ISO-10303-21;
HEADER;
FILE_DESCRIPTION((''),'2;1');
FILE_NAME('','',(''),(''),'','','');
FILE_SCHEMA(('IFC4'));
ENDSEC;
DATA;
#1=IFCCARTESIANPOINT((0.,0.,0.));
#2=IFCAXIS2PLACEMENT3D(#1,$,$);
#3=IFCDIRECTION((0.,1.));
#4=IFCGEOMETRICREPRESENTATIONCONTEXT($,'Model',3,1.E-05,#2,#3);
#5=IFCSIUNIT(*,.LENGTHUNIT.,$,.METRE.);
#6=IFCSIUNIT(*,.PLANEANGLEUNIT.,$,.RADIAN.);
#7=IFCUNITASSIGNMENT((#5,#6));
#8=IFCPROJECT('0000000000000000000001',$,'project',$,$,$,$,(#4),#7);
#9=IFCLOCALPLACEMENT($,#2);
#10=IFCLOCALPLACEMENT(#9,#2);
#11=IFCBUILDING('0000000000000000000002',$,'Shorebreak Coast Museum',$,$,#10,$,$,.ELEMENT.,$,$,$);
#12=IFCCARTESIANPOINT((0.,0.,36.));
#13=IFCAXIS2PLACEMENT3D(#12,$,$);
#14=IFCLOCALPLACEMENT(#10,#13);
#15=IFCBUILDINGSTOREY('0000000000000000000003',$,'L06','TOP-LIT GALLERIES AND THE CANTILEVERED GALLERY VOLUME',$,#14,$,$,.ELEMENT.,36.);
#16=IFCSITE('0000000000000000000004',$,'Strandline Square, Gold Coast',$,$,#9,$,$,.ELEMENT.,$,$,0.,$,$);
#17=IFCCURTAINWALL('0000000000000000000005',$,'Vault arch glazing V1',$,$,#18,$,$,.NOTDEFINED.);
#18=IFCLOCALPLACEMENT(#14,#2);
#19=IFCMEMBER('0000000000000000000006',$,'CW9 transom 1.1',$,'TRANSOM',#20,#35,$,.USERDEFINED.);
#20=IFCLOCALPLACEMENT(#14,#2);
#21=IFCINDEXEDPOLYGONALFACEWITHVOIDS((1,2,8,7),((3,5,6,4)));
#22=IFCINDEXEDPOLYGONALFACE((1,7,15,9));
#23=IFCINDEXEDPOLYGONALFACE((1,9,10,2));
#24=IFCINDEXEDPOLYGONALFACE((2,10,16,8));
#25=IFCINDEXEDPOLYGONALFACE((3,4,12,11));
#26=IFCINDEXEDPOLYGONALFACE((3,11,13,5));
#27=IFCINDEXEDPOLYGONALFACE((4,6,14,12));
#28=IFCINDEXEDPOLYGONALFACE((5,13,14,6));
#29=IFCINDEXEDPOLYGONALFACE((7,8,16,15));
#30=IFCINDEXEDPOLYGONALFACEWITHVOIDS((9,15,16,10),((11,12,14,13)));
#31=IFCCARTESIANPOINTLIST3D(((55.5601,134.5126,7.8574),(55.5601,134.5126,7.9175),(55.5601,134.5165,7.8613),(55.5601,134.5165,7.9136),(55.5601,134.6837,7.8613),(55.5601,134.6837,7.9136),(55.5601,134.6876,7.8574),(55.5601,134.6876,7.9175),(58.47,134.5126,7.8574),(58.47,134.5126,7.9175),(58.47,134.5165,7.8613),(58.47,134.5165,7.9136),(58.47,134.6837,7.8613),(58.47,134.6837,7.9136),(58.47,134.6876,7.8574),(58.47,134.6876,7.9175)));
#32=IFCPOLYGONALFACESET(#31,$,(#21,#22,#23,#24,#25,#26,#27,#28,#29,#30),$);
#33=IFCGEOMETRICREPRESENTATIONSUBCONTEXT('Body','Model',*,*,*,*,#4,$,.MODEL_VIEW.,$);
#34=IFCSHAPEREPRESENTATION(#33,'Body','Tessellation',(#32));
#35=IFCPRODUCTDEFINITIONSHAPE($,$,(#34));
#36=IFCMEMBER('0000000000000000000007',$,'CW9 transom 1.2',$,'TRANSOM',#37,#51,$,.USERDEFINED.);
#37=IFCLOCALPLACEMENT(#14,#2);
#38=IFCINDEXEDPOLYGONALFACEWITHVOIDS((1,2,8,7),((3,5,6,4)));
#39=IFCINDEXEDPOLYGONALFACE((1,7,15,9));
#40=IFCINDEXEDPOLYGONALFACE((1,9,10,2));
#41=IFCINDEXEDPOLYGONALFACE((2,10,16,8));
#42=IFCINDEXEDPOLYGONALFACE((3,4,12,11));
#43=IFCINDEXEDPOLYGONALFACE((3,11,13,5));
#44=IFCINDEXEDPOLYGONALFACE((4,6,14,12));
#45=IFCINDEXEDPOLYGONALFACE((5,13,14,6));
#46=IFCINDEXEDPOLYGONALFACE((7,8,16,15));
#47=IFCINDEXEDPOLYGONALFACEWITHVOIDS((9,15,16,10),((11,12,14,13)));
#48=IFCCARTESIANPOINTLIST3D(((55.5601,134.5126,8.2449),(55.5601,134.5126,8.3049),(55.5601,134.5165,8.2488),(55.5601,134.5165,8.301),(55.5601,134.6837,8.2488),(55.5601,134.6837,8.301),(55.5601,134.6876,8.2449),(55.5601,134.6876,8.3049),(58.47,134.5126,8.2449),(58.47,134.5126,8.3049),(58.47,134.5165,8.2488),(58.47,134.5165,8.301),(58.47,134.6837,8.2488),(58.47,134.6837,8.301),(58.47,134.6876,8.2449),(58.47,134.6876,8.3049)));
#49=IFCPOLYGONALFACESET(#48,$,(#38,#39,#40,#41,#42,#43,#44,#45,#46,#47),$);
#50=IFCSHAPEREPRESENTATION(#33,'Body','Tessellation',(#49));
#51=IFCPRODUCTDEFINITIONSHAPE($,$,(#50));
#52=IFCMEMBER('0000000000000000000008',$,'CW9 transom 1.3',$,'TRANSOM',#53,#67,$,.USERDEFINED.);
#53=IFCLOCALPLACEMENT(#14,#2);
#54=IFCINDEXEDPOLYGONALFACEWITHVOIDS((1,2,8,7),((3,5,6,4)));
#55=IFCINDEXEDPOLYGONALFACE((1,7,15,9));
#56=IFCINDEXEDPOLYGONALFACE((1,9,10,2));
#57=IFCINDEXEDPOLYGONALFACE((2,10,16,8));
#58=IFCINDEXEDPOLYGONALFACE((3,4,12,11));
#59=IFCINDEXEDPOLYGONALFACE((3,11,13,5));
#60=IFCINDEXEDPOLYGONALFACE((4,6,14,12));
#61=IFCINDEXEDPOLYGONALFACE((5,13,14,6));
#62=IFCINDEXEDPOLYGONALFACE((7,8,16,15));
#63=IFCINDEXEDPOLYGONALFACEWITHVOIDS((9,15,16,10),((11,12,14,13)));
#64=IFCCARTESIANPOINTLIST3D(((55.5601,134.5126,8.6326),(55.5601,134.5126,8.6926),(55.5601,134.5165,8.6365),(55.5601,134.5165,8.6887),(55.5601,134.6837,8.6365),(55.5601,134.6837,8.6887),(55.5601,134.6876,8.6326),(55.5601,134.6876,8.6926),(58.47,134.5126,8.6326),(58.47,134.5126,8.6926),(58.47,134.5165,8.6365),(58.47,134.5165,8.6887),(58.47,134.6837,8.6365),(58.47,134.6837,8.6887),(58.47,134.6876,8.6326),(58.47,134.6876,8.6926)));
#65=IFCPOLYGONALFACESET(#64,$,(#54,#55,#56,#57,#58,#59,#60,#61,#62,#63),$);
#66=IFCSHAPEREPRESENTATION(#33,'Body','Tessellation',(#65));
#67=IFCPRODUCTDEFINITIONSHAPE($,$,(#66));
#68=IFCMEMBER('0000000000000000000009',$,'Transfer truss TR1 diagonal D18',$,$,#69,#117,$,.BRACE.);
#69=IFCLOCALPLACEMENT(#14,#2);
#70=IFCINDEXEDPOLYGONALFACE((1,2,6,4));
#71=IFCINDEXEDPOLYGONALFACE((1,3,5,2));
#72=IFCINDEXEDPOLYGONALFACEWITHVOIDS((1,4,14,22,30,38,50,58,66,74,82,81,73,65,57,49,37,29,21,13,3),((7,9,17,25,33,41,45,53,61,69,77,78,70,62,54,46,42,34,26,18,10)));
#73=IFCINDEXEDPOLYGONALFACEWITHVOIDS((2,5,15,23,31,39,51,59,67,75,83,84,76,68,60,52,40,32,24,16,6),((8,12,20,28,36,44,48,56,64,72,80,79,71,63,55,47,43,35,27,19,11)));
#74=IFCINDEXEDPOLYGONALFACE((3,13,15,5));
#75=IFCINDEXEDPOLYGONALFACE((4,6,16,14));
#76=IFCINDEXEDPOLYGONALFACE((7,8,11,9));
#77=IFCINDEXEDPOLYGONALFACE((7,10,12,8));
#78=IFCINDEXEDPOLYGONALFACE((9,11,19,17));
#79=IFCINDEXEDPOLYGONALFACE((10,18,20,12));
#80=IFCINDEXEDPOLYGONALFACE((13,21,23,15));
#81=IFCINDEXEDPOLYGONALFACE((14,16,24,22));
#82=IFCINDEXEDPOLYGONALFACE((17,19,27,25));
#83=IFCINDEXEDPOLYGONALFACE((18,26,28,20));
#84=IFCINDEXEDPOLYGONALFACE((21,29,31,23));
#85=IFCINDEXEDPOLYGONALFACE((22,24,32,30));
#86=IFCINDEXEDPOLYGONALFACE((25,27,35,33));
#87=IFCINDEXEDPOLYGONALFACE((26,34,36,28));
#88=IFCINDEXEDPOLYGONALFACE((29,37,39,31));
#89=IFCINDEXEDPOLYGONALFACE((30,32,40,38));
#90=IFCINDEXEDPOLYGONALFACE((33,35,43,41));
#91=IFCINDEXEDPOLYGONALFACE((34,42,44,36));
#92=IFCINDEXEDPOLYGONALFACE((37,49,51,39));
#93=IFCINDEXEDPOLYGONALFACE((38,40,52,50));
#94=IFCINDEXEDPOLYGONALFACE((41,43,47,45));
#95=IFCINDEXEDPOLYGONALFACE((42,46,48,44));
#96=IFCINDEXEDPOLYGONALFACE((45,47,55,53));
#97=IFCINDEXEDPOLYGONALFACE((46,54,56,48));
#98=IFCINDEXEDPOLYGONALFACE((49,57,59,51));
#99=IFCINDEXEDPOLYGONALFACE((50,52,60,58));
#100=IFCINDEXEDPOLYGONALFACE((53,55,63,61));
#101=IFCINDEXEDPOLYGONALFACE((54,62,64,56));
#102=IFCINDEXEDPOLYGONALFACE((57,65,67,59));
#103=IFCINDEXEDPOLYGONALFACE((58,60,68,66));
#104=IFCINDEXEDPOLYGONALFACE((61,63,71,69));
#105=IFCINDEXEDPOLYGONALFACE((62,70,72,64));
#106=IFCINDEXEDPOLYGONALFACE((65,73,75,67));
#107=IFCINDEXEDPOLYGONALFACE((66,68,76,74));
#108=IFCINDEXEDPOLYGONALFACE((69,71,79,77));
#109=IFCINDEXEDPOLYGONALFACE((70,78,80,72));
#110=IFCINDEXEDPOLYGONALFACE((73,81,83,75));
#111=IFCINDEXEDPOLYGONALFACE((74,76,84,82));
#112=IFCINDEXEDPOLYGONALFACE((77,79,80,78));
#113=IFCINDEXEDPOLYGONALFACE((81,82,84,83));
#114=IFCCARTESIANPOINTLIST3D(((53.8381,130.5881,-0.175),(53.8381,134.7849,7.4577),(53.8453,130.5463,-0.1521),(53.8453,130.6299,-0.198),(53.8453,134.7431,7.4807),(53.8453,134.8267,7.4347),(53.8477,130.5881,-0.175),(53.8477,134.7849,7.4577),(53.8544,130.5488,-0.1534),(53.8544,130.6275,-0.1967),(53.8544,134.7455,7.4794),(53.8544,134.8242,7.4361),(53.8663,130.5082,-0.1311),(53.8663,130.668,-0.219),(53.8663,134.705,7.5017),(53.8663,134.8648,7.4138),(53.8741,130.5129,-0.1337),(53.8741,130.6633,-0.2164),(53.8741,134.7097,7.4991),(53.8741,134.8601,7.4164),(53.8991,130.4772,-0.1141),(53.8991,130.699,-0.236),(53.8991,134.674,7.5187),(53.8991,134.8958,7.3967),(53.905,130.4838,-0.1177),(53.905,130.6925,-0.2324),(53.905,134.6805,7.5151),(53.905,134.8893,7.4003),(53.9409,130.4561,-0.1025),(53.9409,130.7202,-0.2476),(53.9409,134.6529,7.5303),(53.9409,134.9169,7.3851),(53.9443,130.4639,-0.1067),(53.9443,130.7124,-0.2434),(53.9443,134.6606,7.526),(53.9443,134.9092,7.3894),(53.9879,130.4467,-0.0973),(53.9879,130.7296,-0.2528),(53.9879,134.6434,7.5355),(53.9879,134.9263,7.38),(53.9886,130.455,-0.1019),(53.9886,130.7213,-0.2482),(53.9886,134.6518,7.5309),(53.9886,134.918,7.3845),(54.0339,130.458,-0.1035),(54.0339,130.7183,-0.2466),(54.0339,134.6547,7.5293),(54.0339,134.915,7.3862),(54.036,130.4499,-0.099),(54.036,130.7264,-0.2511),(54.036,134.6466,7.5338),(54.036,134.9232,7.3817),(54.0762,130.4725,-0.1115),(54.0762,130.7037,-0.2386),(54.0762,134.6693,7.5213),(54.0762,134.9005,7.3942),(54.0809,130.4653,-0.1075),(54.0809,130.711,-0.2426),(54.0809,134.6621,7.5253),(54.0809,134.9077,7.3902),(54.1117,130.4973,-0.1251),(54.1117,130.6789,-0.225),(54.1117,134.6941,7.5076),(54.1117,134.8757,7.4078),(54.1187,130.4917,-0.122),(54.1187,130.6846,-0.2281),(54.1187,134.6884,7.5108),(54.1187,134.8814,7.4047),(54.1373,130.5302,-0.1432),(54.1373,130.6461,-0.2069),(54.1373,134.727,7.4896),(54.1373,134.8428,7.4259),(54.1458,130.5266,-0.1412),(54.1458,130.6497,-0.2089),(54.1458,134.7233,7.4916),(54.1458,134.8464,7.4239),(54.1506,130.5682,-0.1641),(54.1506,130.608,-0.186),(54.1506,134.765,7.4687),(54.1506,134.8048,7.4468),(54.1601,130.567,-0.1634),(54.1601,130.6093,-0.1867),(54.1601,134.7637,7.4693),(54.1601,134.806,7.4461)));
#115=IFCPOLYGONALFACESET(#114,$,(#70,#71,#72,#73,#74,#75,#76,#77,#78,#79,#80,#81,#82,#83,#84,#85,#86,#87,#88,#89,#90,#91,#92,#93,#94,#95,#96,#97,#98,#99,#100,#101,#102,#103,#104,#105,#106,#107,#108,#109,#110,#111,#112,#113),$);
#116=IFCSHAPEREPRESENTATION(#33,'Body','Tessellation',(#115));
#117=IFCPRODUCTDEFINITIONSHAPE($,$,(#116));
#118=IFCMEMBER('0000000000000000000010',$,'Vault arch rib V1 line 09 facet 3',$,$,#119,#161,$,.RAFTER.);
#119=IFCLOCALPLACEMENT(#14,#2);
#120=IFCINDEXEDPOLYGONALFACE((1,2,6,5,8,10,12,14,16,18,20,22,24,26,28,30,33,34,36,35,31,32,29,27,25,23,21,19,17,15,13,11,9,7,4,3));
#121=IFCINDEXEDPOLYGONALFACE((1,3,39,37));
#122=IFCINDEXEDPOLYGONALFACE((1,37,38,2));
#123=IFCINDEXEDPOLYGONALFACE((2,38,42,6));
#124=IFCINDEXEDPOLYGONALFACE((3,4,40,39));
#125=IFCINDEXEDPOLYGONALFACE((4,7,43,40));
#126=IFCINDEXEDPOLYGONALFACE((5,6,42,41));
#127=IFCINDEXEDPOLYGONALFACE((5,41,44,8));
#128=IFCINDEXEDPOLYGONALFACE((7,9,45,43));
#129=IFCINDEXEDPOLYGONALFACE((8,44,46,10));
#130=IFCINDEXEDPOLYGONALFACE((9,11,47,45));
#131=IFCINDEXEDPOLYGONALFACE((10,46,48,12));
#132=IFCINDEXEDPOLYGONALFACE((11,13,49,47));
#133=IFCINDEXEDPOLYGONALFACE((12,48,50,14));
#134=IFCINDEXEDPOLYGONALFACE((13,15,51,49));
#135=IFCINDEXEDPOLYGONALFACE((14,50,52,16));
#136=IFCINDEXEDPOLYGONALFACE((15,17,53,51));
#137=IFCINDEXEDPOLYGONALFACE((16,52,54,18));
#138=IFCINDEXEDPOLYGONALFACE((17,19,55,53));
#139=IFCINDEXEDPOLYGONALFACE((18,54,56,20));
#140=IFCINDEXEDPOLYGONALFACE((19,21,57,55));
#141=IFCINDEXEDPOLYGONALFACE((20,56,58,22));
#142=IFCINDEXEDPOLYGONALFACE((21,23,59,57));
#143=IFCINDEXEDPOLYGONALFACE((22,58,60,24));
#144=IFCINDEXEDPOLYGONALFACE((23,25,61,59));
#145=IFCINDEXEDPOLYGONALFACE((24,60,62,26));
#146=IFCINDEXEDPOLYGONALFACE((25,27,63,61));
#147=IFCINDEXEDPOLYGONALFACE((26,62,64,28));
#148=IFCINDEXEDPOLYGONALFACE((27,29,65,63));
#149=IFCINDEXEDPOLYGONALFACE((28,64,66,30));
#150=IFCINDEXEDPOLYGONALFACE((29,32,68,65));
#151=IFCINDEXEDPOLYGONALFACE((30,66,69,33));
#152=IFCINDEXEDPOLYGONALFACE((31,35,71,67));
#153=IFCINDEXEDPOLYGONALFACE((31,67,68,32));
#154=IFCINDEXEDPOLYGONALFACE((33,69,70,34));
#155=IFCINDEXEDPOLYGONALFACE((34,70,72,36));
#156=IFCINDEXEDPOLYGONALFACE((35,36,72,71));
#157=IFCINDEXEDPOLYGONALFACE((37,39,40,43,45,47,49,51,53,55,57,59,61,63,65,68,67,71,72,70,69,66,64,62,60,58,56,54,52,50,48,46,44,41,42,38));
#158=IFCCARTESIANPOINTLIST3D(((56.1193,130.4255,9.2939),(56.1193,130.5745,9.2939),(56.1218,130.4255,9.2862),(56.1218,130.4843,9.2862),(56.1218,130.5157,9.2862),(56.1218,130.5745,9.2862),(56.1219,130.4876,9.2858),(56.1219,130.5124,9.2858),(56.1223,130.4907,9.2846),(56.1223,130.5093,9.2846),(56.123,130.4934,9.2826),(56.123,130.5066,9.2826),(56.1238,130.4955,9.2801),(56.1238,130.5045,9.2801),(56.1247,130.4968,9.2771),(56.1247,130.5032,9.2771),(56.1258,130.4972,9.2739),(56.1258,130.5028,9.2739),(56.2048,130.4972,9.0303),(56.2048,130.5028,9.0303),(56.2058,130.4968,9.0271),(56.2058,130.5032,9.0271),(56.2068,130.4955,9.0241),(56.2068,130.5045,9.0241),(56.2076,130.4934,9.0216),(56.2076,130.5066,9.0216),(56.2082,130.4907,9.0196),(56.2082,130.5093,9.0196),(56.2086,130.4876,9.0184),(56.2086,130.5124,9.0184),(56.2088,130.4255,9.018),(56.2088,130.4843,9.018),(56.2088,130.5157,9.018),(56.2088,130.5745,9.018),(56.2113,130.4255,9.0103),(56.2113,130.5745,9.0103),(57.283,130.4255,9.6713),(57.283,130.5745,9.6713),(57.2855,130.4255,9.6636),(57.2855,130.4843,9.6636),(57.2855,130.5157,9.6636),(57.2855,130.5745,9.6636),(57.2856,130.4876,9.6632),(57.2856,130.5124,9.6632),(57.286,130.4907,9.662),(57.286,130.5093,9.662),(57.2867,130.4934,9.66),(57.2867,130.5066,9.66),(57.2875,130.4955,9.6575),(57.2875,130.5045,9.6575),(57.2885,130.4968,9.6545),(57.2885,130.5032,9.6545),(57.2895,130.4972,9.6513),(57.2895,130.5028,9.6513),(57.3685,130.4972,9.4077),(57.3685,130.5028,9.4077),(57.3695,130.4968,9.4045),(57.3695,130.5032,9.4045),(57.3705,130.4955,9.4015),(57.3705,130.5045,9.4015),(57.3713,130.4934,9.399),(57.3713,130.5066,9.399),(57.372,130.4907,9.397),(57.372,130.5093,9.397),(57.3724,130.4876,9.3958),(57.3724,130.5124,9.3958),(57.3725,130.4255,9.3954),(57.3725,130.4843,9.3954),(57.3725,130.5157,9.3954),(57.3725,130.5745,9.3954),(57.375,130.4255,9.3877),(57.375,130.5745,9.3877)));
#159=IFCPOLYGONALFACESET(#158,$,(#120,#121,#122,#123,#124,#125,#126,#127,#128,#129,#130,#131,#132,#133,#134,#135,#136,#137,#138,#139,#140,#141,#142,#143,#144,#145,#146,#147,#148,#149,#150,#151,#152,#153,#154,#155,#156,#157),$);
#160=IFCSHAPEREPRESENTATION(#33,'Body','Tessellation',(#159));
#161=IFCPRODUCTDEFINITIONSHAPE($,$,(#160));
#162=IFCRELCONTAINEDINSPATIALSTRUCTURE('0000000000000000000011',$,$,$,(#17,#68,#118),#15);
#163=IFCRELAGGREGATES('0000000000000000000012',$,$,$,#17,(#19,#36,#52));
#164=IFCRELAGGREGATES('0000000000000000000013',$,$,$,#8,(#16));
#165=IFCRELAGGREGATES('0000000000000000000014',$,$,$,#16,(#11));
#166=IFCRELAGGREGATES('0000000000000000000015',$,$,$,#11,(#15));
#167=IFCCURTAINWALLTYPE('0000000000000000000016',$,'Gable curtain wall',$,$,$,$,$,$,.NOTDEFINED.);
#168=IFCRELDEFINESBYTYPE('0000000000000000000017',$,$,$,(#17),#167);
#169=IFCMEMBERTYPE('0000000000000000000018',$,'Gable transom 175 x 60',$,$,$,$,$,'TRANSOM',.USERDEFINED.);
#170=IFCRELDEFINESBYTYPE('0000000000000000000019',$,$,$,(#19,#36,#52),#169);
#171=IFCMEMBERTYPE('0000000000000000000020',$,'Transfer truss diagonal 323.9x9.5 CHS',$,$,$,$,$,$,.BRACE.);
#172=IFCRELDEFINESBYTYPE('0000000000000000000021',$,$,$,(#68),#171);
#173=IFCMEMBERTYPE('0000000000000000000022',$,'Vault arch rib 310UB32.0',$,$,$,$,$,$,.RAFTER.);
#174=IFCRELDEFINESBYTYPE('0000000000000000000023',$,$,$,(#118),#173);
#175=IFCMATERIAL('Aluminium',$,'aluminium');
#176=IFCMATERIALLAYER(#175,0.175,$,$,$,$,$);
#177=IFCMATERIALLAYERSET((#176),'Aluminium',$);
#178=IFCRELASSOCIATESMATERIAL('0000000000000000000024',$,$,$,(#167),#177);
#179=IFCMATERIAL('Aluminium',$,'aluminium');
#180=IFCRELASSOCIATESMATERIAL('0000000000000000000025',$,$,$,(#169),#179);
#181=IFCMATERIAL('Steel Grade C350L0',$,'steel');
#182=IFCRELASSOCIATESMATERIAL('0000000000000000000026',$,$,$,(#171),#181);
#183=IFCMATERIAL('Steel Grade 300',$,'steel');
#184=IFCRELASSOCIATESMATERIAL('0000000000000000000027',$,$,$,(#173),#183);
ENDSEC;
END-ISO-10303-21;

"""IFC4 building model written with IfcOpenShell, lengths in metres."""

from ifc_helpers import new_model, si_unit, direction, frame, origin, origin_2d, place, context, subcontext, project, spatial, hollow_rectangle, hollow_circle, i_section, extrude, material, layer, layer_set, material_profile, profile_set, type_object, element, aggregate, save


model = new_model("IFC4")

# Units and contexts
model_context = context("Model", 3, precision=1e-05, world=origin(), true_north=direction((0.0, 1.0)))
body_context = subcontext(model_context, "Body", "Model", "MODEL_VIEW")
ifc_project = project(units=[si_unit("LENGTHUNIT", "METRE"), si_unit("PLANEANGLEUNIT", "RADIAN")], contexts=[model_context])

# Site, building, storey
site_placement = place(None, origin())
site = spatial("IfcSite", under=ifc_project, at=site_placement, Name="Strandline Square, Gold Coast", CompositionType="ELEMENT", RefElevation=0.0)
building_placement = place(site_placement, origin())
building = spatial("IfcBuilding", under=site, at=building_placement, Name="Shorebreak Coast Museum", CompositionType="ELEMENT")
storey_placement = place(building_placement, frame((0.0, 0.0, 36.0)))
storey = spatial("IfcBuildingStorey", under=building, at=storey_placement, Name="L06", Description="TOP-LIT GALLERIES AND THE CANTILEVERED GALLERY VOLUME", CompositionType="ELEMENT", Elevation=36.0)

# Curtain wall, members
ifc_material_1 = material(Name="Aluminium", Category="aluminium")
ifc_layer_1 = layer(ifc_material_1, 0.175)
ifc_layer_set_1 = layer_set([ifc_layer_1], Name="Aluminium")
curtain_wall_type_1 = type_object("IfcCurtainWallType", Name="Gable curtain wall", PredefinedType="NOTDEFINED", material=ifc_layer_set_1)
curtain_wall_1_placement = place(storey_placement, origin())
curtain_wall_1 = element("IfcCurtainWall", 1, at=curtain_wall_1_placement, inside=storey, type_object=curtain_wall_type_1, Name="Vault arch glazing V1", PredefinedType="NOTDEFINED")
ifc_material_2 = material(Name="Aluminium", Category="aluminium")
ifc_material_profile_1 = material_profile(ifc_material_2, hollow_rectangle(XDim=0.175, YDim=0.0601, WallThickness=0.0039, at=origin_2d()), Name="AL 60x175 RHS")
ifc_profile_set_1 = profile_set([ifc_material_profile_1], Name="Aluminium")
member_type_1 = type_object("IfcMemberType", Name="Gable transom 175 x 60", ElementType="TRANSOM", PredefinedType="USERDEFINED", material=ifc_profile_set_1)
member_1_placement = place(storey_placement, frame((55.5601, 134.6001, 7.8875), z_axis=(1.0, 0.0, 0.0), x_axis=(0.0, 1.0, 0.0)))
member_1 = element("IfcMember", 2, at=member_1_placement, type_object=member_type_1, Name="CW9 transom 1.1", ObjectType="TRANSOM", PredefinedType="USERDEFINED", context=body_context, shape_type="SweptSolid", body=[
    extrude(hollow_rectangle(XDim=0.175, YDim=0.0601, WallThickness=0.0039, at=origin_2d()), origin(), (0.0, 0.0, 1.0), 2.9099),
])
member_2_placement = place(storey_placement, frame((55.5601, 134.6001, 8.2749), z_axis=(1.0, 0.0, 0.0), x_axis=(0.0, 1.0, 0.0)))
member_2 = element("IfcMember", 3, at=member_2_placement, type_object=member_type_1, Name="CW9 transom 1.2", ObjectType="TRANSOM", PredefinedType="USERDEFINED", context=body_context, shape_type="SweptSolid", body=[
    extrude(hollow_rectangle(XDim=0.175, YDim=0.0601, WallThickness=0.0039, at=origin_2d()), origin(), (0.0, 0.0, 1.0), 2.9099),
])
member_3_placement = place(storey_placement, frame((55.5601, 134.6001, 8.6626), z_axis=(1.0, 0.0, 0.0), x_axis=(0.0, 1.0, 0.0)))
member_3 = element("IfcMember", 4, at=member_3_placement, type_object=member_type_1, Name="CW9 transom 1.3", ObjectType="TRANSOM", PredefinedType="USERDEFINED", context=body_context, shape_type="SweptSolid", body=[
    extrude(hollow_rectangle(XDim=0.175, YDim=0.0601, WallThickness=0.0039, at=origin_2d()), origin(), (0.0, 0.0, 1.0), 2.9099),
])
aggregate(curtain_wall_1, [member_1, member_2, member_3])

# Members
ifc_material_3 = material(Name="Steel Grade C350L0", Category="steel")
ifc_material_profile_2 = material_profile(ifc_material_3, hollow_circle(Radius=0.1619, WallThickness=0.0095, at=origin_2d()), Name="323.9x9.5 CHS")
ifc_profile_set_2 = profile_set([ifc_material_profile_2], Name="Steel Grade C350L0")
member_type_2 = type_object("IfcMemberType", Name="Transfer truss diagonal 323.9x9.5 CHS", PredefinedType="BRACE", material=ifc_profile_set_2)
member_4_placement = place(storey_placement, frame((54.0, 130.5881, -0.175), z_axis=(0.0, 0.481807, 0.876277), x_axis=(-1.0, 0.0, 0.0)))
element("IfcMember", 5, at=member_4_placement, inside=storey, type_object=member_type_2, Name="Transfer truss TR1 diagonal D18", PredefinedType="BRACE", context=body_context, shape_type="SweptSolid", body=[
    extrude(hollow_circle(Radius=0.1619, WallThickness=0.0095, at=origin_2d()), origin(), (0.0, 0.0, 1.0), 8.7104),
])
ifc_material_4 = material(Name="Steel Grade 300", Category="steel")
ifc_material_profile_3 = material_profile(ifc_material_4, i_section(OverallWidth=0.1489, OverallDepth=0.2981, WebThickness=0.0056, FlangeThickness=0.0081, FilletRadius=0.0129, at=origin_2d()), Name="310UB32.0")
ifc_profile_set_3 = profile_set([ifc_material_profile_3], Name="Steel Grade 300")
member_type_3 = type_object("IfcMemberType", Name="Vault arch rib 310UB32.0", PredefinedType="RAFTER", material=ifc_profile_set_3)
for number, where, z_axis, x_axis, name in (
    (6, (56.1653, 130.5, 9.1521), (0.951226, 0.0, 0.308495), (0.0, 1.0, 0.0), "Vault arch rib V1 line 09 facet 3"),
):
    element("IfcMember", number, at=place(storey_placement, frame(where, z_axis=z_axis, x_axis=x_axis)), inside=storey, type_object=member_type_3, Name=name, PredefinedType="RAFTER", context=body_context, shape_type="SweptSolid", body=[
        extrude(i_section(OverallWidth=0.1489, OverallDepth=0.2981, WebThickness=0.0056, FlangeThickness=0.0081, FilletRadius=0.0129, at=origin_2d()), origin(), (0.0, 0.0, 1.0), 1.2234),
    ])

save(model, "model.ifc")
